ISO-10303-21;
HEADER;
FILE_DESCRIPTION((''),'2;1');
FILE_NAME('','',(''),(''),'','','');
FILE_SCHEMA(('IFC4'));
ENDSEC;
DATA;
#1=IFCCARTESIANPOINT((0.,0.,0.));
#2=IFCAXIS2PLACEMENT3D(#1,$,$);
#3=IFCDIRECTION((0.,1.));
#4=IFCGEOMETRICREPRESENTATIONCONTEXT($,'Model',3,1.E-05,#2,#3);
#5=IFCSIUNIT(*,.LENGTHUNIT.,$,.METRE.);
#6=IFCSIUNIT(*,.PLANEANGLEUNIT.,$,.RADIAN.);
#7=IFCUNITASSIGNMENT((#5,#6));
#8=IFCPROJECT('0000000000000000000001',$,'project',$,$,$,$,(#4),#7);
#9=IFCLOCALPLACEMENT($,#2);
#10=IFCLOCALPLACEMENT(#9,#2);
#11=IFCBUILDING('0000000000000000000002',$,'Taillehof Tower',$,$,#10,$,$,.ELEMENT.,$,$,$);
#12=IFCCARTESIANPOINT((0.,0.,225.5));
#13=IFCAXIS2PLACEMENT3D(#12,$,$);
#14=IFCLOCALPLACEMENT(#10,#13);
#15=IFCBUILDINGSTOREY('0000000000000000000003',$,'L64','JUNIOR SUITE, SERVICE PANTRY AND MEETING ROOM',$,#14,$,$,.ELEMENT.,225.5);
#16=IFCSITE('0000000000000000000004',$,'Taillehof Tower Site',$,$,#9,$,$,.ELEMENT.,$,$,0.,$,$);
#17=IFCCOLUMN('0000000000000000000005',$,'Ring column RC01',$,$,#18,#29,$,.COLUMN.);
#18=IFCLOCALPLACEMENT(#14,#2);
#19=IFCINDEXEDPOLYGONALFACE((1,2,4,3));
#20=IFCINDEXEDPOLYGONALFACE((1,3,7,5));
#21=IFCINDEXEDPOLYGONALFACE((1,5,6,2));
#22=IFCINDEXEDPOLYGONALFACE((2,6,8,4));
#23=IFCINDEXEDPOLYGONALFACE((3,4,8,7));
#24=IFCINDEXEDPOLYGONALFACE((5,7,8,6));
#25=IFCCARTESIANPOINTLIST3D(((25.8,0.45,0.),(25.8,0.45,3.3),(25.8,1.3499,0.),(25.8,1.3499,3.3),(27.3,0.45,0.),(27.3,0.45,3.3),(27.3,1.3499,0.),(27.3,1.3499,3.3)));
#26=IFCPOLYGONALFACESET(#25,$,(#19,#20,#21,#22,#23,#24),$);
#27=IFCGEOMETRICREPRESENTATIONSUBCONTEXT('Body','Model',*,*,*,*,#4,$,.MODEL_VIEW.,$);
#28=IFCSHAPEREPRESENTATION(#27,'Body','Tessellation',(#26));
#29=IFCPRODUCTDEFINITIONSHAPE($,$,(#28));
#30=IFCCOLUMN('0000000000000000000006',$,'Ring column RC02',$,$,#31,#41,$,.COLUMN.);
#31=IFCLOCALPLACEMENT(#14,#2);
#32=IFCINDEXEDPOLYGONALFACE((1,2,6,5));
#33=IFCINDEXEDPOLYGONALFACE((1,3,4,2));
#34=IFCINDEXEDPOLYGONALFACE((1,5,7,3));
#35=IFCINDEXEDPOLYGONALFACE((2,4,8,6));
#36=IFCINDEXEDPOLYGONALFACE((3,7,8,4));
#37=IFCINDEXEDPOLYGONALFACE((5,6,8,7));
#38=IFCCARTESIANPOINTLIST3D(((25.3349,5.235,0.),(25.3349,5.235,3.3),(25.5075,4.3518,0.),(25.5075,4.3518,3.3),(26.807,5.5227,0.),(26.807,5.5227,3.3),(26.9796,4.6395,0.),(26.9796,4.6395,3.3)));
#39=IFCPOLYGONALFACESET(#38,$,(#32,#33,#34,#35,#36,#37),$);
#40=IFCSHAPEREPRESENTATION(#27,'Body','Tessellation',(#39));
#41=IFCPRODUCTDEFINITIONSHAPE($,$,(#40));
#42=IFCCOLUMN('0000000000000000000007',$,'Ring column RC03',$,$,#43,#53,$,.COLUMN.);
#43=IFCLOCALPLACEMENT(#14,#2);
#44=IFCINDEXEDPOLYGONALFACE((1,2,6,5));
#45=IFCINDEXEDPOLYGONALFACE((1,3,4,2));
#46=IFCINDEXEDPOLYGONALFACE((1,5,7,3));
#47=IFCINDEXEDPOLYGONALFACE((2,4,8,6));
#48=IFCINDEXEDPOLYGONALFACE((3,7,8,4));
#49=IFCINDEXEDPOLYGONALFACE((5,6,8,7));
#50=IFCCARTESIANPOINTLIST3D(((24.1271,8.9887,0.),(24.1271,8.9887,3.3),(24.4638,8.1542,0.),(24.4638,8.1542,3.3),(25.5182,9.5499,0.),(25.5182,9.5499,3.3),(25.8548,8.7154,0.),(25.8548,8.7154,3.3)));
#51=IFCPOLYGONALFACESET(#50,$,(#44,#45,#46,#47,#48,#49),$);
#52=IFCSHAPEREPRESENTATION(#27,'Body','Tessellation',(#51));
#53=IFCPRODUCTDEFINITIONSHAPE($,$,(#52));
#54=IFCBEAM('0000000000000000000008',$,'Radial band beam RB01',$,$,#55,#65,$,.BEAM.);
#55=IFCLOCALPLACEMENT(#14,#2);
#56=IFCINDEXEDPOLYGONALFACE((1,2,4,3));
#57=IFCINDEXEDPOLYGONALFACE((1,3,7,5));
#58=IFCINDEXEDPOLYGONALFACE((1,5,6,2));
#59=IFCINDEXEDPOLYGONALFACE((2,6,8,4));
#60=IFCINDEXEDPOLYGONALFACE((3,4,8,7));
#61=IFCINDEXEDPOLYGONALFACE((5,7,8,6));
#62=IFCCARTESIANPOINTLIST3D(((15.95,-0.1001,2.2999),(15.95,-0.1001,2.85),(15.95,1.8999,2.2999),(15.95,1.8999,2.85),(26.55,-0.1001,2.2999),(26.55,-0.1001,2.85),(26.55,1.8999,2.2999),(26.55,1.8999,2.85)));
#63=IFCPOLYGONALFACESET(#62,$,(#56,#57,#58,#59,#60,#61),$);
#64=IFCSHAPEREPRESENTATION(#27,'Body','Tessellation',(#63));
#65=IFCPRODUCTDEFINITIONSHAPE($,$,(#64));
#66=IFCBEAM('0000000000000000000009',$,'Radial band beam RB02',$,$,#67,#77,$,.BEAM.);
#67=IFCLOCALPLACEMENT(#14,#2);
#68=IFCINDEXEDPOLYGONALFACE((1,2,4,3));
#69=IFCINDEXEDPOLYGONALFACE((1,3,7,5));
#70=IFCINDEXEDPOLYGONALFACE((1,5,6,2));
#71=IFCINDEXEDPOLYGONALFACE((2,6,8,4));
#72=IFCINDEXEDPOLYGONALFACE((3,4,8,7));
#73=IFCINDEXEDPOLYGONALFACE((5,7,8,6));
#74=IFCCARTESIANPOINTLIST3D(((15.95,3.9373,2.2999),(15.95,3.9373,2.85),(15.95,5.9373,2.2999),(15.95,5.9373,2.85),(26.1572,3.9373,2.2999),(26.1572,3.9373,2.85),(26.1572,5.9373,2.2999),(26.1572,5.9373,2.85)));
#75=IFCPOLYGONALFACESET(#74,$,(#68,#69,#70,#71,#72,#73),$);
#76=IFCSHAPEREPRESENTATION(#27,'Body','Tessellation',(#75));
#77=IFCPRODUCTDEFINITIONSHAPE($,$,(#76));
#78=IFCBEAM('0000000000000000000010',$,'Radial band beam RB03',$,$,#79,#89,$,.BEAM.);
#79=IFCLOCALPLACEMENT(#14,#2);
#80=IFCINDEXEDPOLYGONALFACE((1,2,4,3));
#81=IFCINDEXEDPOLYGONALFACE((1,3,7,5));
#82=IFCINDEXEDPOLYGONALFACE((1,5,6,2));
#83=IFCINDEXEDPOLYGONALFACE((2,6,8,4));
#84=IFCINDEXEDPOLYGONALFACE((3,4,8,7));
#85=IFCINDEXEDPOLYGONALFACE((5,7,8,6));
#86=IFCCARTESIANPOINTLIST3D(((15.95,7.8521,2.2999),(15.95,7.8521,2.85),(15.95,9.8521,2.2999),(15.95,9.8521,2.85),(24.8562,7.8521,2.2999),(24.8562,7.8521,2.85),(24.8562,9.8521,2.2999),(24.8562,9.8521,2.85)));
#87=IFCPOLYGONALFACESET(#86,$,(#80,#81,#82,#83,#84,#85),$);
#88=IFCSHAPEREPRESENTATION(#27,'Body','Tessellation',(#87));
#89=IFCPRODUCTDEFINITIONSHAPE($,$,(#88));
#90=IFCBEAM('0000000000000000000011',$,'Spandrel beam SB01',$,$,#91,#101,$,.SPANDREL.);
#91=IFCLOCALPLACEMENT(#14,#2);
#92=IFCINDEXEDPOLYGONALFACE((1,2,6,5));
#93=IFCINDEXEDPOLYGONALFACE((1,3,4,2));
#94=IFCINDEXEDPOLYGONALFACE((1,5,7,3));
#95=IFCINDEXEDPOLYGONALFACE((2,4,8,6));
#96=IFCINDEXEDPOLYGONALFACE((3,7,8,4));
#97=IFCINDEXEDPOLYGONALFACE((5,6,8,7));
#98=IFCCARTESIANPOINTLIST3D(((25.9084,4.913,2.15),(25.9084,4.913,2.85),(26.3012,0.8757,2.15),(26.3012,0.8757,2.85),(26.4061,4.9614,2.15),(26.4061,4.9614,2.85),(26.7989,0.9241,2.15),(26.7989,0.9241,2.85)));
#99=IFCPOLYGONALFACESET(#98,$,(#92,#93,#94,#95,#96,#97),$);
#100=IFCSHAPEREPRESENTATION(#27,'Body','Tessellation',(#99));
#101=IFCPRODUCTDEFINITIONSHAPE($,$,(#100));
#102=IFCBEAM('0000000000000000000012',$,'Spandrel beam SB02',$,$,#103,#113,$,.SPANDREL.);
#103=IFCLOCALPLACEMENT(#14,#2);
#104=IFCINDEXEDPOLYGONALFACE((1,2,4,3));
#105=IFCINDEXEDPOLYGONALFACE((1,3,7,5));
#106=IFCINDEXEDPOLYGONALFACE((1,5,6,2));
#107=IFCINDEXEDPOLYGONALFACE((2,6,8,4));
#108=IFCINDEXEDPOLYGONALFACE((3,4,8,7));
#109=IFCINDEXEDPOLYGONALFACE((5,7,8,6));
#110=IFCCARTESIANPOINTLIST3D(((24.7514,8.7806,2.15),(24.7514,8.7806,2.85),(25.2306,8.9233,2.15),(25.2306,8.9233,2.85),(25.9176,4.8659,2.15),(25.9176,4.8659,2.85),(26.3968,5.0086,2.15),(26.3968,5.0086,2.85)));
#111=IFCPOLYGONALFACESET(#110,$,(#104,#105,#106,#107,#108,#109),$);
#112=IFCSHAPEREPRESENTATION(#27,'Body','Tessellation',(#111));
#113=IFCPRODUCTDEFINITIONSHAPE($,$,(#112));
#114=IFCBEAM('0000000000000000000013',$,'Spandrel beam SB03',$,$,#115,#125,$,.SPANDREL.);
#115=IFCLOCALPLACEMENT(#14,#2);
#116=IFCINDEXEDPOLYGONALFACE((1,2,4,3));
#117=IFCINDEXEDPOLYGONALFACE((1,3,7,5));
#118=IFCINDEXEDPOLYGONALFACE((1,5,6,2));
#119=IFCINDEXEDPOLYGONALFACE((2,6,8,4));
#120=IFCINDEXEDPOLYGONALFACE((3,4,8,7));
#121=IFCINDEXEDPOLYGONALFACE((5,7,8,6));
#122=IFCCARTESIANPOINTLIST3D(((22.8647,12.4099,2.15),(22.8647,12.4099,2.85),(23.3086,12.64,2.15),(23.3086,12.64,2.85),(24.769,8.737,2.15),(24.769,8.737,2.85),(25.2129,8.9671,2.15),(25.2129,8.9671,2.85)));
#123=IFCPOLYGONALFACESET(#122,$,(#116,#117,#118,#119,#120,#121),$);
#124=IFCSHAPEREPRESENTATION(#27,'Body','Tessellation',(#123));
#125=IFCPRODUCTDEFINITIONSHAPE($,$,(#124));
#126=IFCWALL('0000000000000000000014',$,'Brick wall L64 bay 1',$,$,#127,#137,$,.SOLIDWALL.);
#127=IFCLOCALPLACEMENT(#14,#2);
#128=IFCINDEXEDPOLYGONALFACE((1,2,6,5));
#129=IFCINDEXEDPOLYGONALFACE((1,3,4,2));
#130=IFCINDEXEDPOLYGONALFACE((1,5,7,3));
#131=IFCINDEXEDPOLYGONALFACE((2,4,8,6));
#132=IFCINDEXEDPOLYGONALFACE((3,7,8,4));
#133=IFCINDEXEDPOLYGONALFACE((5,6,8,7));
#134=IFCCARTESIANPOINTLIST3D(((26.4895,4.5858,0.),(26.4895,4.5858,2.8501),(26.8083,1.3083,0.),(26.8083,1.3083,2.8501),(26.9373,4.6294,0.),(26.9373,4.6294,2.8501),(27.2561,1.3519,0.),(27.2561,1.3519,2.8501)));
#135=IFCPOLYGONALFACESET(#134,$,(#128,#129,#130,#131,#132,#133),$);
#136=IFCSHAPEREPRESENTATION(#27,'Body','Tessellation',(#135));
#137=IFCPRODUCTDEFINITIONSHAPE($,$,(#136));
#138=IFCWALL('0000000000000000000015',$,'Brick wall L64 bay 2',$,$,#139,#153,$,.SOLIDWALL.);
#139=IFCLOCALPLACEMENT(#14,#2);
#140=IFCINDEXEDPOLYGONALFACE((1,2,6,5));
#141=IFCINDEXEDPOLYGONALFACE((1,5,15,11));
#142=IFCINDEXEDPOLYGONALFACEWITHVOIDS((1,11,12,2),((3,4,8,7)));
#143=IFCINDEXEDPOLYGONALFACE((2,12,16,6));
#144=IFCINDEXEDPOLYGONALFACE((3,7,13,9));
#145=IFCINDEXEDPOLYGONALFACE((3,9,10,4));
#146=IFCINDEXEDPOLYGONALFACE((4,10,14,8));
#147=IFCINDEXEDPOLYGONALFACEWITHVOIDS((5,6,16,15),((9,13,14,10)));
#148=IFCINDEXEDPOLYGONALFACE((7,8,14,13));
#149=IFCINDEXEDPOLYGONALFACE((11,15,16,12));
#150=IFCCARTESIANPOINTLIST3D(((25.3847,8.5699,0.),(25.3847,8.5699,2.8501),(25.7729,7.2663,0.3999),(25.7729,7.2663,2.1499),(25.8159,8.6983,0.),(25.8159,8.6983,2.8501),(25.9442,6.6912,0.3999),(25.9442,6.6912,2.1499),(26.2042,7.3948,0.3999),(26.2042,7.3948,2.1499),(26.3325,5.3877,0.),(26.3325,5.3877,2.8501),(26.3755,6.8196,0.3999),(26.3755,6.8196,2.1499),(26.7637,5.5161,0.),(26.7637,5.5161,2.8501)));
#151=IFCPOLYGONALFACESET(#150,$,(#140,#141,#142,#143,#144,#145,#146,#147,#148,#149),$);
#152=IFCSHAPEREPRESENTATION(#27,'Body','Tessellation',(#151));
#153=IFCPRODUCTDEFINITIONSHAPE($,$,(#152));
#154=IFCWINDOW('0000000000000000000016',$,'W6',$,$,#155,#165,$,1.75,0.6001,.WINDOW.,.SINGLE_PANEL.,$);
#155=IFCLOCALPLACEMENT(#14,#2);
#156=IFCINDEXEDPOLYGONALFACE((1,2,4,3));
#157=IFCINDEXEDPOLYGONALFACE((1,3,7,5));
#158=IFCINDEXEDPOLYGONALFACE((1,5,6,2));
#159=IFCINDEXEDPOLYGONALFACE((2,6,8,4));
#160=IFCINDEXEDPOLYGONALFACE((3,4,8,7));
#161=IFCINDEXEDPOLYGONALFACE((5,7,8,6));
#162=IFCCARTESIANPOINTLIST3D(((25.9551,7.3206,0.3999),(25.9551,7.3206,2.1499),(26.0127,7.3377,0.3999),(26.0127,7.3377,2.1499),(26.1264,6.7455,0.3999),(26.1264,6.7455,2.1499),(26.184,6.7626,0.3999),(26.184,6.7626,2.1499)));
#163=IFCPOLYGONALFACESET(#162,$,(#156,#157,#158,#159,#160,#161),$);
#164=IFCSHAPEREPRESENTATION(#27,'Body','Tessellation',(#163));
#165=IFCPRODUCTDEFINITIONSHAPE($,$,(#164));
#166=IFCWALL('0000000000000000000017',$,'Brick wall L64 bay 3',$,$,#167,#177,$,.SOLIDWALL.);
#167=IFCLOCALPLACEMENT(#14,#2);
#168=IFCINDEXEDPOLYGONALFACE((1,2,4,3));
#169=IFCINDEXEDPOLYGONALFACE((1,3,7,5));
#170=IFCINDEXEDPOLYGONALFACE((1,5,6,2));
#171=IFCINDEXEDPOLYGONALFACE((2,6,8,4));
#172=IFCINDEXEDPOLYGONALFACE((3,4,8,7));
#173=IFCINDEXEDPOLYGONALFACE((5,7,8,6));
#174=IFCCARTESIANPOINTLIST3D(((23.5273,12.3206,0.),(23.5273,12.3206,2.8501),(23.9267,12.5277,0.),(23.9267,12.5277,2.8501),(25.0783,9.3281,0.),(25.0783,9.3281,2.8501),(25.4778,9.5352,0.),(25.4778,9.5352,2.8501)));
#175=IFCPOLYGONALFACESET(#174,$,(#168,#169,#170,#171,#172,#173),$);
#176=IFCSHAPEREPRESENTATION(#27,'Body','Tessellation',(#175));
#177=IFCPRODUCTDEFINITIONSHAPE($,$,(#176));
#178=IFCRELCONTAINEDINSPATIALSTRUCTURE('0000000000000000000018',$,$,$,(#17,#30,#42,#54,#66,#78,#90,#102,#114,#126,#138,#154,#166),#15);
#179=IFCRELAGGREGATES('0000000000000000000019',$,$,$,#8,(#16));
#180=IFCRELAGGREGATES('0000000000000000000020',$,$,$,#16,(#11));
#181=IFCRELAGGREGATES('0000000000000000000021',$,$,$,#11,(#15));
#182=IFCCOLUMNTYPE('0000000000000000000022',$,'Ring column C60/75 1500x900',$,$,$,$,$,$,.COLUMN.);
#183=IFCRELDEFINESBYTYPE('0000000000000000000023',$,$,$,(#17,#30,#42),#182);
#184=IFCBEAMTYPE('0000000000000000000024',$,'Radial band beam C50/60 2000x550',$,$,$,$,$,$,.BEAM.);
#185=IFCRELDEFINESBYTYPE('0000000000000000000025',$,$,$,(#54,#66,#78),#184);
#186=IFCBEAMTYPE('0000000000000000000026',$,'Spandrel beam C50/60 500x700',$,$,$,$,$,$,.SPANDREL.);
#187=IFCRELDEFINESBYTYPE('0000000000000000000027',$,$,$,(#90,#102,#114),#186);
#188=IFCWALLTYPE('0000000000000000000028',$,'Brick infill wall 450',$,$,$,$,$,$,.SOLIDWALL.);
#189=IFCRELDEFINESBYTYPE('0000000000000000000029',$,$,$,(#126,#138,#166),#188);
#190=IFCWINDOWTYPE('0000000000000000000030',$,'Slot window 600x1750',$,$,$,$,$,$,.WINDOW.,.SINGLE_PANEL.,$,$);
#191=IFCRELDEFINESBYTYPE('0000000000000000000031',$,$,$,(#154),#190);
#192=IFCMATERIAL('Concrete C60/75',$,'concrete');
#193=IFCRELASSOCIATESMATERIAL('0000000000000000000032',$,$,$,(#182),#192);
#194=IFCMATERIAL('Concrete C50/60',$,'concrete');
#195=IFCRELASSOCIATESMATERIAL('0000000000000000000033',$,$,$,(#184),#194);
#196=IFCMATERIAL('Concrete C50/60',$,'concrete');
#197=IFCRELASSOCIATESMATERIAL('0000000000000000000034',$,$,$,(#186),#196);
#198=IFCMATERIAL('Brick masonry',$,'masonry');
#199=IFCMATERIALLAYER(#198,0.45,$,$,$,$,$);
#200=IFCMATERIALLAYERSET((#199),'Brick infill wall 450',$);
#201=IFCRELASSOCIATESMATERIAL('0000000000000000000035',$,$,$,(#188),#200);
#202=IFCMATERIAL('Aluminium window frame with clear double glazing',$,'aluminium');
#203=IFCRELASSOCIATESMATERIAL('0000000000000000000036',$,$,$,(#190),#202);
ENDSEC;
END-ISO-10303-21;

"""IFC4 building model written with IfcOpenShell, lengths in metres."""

from ifc_helpers import new_model, si_unit, direction, frame, frame_2d, origin, origin_2d, place, context, subcontext, project, spatial, rectangle, extrude, material, layer, layer_set, material_profile, profile_set, type_object, element, fill, save


model = new_model("IFC4")

# Units and contexts
model_context = context("Model", 3, precision=1e-05, world=origin(), true_north=direction((0.0, 1.0)))
body_context = subcontext(model_context, "Body", "Model", "MODEL_VIEW")
ifc_project = project(units=[si_unit("LENGTHUNIT", "METRE"), si_unit("PLANEANGLEUNIT", "RADIAN")], contexts=[model_context])

# Site, building, storey
site_placement = place(None, origin())
site = spatial("IfcSite", under=ifc_project, at=site_placement, Name="Taillehof Tower Site", CompositionType="ELEMENT", RefElevation=0.0)
building_placement = place(site_placement, origin())
building = spatial("IfcBuilding", under=site, at=building_placement, Name="Taillehof Tower", CompositionType="ELEMENT")
storey_placement = place(building_placement, frame((0.0, 0.0, 225.5)))
storey = spatial("IfcBuildingStorey", under=building, at=storey_placement, Name="L64", Description="JUNIOR SUITE, SERVICE PANTRY AND MEETING ROOM", CompositionType="ELEMENT", Elevation=225.5)

# Columns
ifc_material_1 = material(Name="Concrete C60/75", Category="concrete")
ifc_material_profile_1 = material_profile(ifc_material_1, rectangle(XDim=1.5, YDim=0.8999, at=origin_2d()), Name="RC 1500x900")
ifc_profile_set_1 = profile_set([ifc_material_profile_1], Name="Concrete C60/75")
column_type = type_object("IfcColumnType", Name="Ring column C60/75 1500x900", PredefinedType="COLUMN", material=ifc_profile_set_1)
for number, where, z_axis, x_axis, name in (
    (1, (26.55, 0.8999, 0.0), (0.0, 0.0, 1.0), (1.0, 0.0, 0.0), "Ring column RC01"),
    (2, (26.1572, 4.9373, 0.0), (0.0, 0.0, 1.0), (0.981434, 0.191801, 0.0), "Ring column RC02"),
    (3, (24.991, 8.8521, 0.0), (0.0, 0.0, 1.0), (0.927385, 0.374108, 0.0), "Ring column RC03"),
):
    element("IfcColumn", number, at=place(storey_placement, frame(where, z_axis=z_axis, x_axis=x_axis)), inside=storey, type_object=column_type, Name=name, PredefinedType="COLUMN", context=body_context, shape_type="SweptSolid", body=[
        extrude(rectangle(XDim=1.5, YDim=0.8999, at=origin_2d()), origin(), (0.0, 0.0, 1.0), 3.3),
    ])

# Beams
ifc_material_2 = material(Name="Concrete C50/60", Category="concrete")
ifc_material_profile_2 = material_profile(ifc_material_2, rectangle(XDim=2.0, YDim=0.55, at=origin_2d()), Name="RC 2000x550")
ifc_profile_set_2 = profile_set([ifc_material_profile_2], Name="Concrete C50/60")
beam_type_1 = type_object("IfcBeamType", Name="Radial band beam C50/60 2000x550", PredefinedType="BEAM", material=ifc_profile_set_2)
beam_1_placement = place(storey_placement, frame((26.55, 0.8999, 2.575), z_axis=(-1.0, 0.0, 0.0), x_axis=(0.0, -1.0, 0.0)))
element("IfcBeam", 4, at=beam_1_placement, inside=storey, type_object=beam_type_1, Name="Radial band beam RB01", PredefinedType="BEAM", context=body_context, shape_type="SweptSolid", body=[
    extrude(rectangle(XDim=2.0, YDim=0.55, at=origin_2d()), origin(), (0.0, 0.0, 1.0), 10.6001),
])
beam_2_placement = place(storey_placement, frame((26.1572, 4.9373, 2.575), z_axis=(-1.0, 0.0, 0.0), x_axis=(0.0, -1.0, 0.0)))
element("IfcBeam", 5, at=beam_2_placement, inside=storey, type_object=beam_type_1, Name="Radial band beam RB02", PredefinedType="BEAM", context=body_context, shape_type="SweptSolid", body=[
    extrude(rectangle(XDim=2.0, YDim=0.55, at=origin_2d()), origin(), (0.0, 0.0, 1.0), 10.2073),
])
beam_3_placement = place(storey_placement, frame((24.8562, 8.8521, 2.575), z_axis=(-1.0, 0.0, 0.0), x_axis=(0.0, -1.0, 0.0)))
element("IfcBeam", 6, at=beam_3_placement, inside=storey, type_object=beam_type_1, Name="Radial band beam RB03", PredefinedType="BEAM", context=body_context, shape_type="SweptSolid", body=[
    extrude(rectangle(XDim=2.0, YDim=0.55, at=origin_2d()), origin(), (0.0, 0.0, 1.0), 8.9062),
])
ifc_material_3 = material(Name="Concrete C50/60", Category="concrete")
ifc_material_profile_3 = material_profile(ifc_material_3, rectangle(XDim=0.5, YDim=0.7, at=origin_2d()), Name="RC 500x700")
ifc_profile_set_3 = profile_set([ifc_material_profile_3], Name="Concrete C50/60")
beam_type_2 = type_object("IfcBeamType", Name="Spandrel beam C50/60 500x700", PredefinedType="SPANDREL", material=ifc_profile_set_3)
beam_4_placement = place(storey_placement, frame((26.55, 0.8999, 2.5), z_axis=(-0.09684, 0.9953, 0.0), x_axis=(-0.9953, -0.09684, 0.0)))
element("IfcBeam", 7, at=beam_4_placement, inside=storey, type_object=beam_type_2, Name="Spandrel beam SB01", PredefinedType="SPANDREL", context=body_context, shape_type="SweptSolid", body=[
    extrude(rectangle(XDim=0.5, YDim=0.7, at=origin_2d()), origin(), (0.0, 0.0, 1.0), 4.0564),
])
beam_5_placement = place(storey_placement, frame((26.1572, 4.9373, 2.5), z_axis=(-0.28551, 0.958376, 0.0), x_axis=(-0.958376, -0.28551, 0.0)))
element("IfcBeam", 8, at=beam_5_placement, inside=storey, type_object=beam_type_2, Name="Spandrel beam SB02", PredefinedType="SPANDREL", context=body_context, shape_type="SweptSolid", body=[
    extrude(rectangle(XDim=0.5, YDim=0.7, at=origin_2d()), origin(), (0.0, 0.0, 1.0), 4.0847),
])
beam_6_placement = place(storey_placement, frame((24.991, 8.8521, 2.5), z_axis=(-0.46029, 0.887769, 0.0), x_axis=(-0.887769, -0.46029, 0.0)))
element("IfcBeam", 9, at=beam_6_placement, inside=storey, type_object=beam_type_2, Name="Spandrel beam SB03", PredefinedType="SPANDREL", context=body_context, shape_type="SweptSolid", body=[
    extrude(rectangle(XDim=0.5, YDim=0.7, at=origin_2d()), origin(), (0.0, 0.0, 1.0), 4.1372),
])

# Wall
ifc_material_4 = material(Name="Brick masonry", Category="masonry")
ifc_layer_1 = layer(ifc_material_4, 0.45)
ifc_layer_set_1 = layer_set([ifc_layer_1], Name="Brick infill wall 450")
wall_type_1 = type_object("IfcWallType", Name="Brick infill wall 450", PredefinedType="SOLIDWALL", material=ifc_layer_set_1)
wall_1_placement = place(storey_placement, frame((27.0322, 1.3301, 0.0), z_axis=(0.0, 0.0, 1.0), x_axis=(-0.096824, 0.995302, 0.0)))
element("IfcWall", 10, at=wall_1_placement, inside=storey, type_object=wall_type_1, Name="Brick wall L64 bay 1", PredefinedType="SOLIDWALL", context=body_context, shape_type="SweptSolid", body=[
    extrude(rectangle(XDim=3.293, YDim=0.45, at=frame_2d((1.6465, 0.0))), origin(), (0.0, 0.0, 1.0), 2.8501),
])

# Wall, opening, window
wall_2_placement = place(storey_placement, frame((26.5481, 5.4519, 0.0), z_axis=(0.0, 0.0, 1.0), x_axis=(-0.285445, 0.958395, 0.0)))
wall_2 = element("IfcWall", 11, at=wall_2_placement, inside=storey, type_object=wall_type_1, Name="Brick wall L64 bay 2", PredefinedType="SOLIDWALL", context=body_context, shape_type="SweptSolid", body=[
    extrude(rectangle(XDim=3.3203, YDim=0.45, at=frame_2d((1.6602, 0.0))), origin(), (0.0, 0.0, 1.0), 2.8501),
])
opening_1_placement = place(wall_2_placement, frame((1.3601, 0.0, 0.3999)))
opening_1 = element("IfcOpeningElement", 12, at=opening_1_placement, cuts=wall_2, PredefinedType="OPENING", context=body_context, shape_type="SweptSolid", body=[
    extrude(rectangle(XDim=0.6001, YDim=1.75, at=frame_2d((0.3, 0.875))), frame((0.0, 0.2349, 0.0), z_axis=(0.0, -1.0, 0.0), x_axis=(1.0, 0.0, 0.0)), (0.0, 0.0, 1.0), 0.47),
])
ifc_material_5 = material(Name="Aluminium window frame with clear double glazing", Category="aluminium")
window_type = type_object("IfcWindowType", Name="Slot window 600x1750", PartitioningType="SINGLE_PANEL", PredefinedType="WINDOW", material=ifc_material_5)
window_placement = place(opening_1_placement, origin())
window = element("IfcWindow", 13, at=window_placement, inside=storey, type_object=window_type, Name="W6", OverallHeight=1.75, OverallWidth=0.6001, PartitioningType="SINGLE_PANEL", PredefinedType="WINDOW", context=body_context, shape_type="SweptSolid", body=[
    extrude(rectangle(XDim=0.6001, YDim=1.75, at=frame_2d((0.3, 0.875))), frame((0.0, 0.0349, 0.0), z_axis=(0.0, -1.0, 0.0), x_axis=(1.0, 0.0, 0.0)), (0.0, 0.0, 1.0), 0.0601),
])
fill(opening_1, window)

# Wall
wall_3_placement = place(storey_placement, frame((25.2781, 9.4316, 0.0), z_axis=(0.0, 0.0, 1.0), x_axis=(-0.460176, 0.887828, 0.0)))
element("IfcWall", 14, at=wall_3_placement, inside=storey, type_object=wall_type_1, Name="Brick wall L64 bay 3", PredefinedType="SOLIDWALL", context=body_context, shape_type="SweptSolid", body=[
    extrude(rectangle(XDim=3.3706, YDim=0.45, at=frame_2d((1.6853, 0.0))), origin(), (0.0, 0.0, 1.0), 2.8501),
])

save(model, "model.ifc")
